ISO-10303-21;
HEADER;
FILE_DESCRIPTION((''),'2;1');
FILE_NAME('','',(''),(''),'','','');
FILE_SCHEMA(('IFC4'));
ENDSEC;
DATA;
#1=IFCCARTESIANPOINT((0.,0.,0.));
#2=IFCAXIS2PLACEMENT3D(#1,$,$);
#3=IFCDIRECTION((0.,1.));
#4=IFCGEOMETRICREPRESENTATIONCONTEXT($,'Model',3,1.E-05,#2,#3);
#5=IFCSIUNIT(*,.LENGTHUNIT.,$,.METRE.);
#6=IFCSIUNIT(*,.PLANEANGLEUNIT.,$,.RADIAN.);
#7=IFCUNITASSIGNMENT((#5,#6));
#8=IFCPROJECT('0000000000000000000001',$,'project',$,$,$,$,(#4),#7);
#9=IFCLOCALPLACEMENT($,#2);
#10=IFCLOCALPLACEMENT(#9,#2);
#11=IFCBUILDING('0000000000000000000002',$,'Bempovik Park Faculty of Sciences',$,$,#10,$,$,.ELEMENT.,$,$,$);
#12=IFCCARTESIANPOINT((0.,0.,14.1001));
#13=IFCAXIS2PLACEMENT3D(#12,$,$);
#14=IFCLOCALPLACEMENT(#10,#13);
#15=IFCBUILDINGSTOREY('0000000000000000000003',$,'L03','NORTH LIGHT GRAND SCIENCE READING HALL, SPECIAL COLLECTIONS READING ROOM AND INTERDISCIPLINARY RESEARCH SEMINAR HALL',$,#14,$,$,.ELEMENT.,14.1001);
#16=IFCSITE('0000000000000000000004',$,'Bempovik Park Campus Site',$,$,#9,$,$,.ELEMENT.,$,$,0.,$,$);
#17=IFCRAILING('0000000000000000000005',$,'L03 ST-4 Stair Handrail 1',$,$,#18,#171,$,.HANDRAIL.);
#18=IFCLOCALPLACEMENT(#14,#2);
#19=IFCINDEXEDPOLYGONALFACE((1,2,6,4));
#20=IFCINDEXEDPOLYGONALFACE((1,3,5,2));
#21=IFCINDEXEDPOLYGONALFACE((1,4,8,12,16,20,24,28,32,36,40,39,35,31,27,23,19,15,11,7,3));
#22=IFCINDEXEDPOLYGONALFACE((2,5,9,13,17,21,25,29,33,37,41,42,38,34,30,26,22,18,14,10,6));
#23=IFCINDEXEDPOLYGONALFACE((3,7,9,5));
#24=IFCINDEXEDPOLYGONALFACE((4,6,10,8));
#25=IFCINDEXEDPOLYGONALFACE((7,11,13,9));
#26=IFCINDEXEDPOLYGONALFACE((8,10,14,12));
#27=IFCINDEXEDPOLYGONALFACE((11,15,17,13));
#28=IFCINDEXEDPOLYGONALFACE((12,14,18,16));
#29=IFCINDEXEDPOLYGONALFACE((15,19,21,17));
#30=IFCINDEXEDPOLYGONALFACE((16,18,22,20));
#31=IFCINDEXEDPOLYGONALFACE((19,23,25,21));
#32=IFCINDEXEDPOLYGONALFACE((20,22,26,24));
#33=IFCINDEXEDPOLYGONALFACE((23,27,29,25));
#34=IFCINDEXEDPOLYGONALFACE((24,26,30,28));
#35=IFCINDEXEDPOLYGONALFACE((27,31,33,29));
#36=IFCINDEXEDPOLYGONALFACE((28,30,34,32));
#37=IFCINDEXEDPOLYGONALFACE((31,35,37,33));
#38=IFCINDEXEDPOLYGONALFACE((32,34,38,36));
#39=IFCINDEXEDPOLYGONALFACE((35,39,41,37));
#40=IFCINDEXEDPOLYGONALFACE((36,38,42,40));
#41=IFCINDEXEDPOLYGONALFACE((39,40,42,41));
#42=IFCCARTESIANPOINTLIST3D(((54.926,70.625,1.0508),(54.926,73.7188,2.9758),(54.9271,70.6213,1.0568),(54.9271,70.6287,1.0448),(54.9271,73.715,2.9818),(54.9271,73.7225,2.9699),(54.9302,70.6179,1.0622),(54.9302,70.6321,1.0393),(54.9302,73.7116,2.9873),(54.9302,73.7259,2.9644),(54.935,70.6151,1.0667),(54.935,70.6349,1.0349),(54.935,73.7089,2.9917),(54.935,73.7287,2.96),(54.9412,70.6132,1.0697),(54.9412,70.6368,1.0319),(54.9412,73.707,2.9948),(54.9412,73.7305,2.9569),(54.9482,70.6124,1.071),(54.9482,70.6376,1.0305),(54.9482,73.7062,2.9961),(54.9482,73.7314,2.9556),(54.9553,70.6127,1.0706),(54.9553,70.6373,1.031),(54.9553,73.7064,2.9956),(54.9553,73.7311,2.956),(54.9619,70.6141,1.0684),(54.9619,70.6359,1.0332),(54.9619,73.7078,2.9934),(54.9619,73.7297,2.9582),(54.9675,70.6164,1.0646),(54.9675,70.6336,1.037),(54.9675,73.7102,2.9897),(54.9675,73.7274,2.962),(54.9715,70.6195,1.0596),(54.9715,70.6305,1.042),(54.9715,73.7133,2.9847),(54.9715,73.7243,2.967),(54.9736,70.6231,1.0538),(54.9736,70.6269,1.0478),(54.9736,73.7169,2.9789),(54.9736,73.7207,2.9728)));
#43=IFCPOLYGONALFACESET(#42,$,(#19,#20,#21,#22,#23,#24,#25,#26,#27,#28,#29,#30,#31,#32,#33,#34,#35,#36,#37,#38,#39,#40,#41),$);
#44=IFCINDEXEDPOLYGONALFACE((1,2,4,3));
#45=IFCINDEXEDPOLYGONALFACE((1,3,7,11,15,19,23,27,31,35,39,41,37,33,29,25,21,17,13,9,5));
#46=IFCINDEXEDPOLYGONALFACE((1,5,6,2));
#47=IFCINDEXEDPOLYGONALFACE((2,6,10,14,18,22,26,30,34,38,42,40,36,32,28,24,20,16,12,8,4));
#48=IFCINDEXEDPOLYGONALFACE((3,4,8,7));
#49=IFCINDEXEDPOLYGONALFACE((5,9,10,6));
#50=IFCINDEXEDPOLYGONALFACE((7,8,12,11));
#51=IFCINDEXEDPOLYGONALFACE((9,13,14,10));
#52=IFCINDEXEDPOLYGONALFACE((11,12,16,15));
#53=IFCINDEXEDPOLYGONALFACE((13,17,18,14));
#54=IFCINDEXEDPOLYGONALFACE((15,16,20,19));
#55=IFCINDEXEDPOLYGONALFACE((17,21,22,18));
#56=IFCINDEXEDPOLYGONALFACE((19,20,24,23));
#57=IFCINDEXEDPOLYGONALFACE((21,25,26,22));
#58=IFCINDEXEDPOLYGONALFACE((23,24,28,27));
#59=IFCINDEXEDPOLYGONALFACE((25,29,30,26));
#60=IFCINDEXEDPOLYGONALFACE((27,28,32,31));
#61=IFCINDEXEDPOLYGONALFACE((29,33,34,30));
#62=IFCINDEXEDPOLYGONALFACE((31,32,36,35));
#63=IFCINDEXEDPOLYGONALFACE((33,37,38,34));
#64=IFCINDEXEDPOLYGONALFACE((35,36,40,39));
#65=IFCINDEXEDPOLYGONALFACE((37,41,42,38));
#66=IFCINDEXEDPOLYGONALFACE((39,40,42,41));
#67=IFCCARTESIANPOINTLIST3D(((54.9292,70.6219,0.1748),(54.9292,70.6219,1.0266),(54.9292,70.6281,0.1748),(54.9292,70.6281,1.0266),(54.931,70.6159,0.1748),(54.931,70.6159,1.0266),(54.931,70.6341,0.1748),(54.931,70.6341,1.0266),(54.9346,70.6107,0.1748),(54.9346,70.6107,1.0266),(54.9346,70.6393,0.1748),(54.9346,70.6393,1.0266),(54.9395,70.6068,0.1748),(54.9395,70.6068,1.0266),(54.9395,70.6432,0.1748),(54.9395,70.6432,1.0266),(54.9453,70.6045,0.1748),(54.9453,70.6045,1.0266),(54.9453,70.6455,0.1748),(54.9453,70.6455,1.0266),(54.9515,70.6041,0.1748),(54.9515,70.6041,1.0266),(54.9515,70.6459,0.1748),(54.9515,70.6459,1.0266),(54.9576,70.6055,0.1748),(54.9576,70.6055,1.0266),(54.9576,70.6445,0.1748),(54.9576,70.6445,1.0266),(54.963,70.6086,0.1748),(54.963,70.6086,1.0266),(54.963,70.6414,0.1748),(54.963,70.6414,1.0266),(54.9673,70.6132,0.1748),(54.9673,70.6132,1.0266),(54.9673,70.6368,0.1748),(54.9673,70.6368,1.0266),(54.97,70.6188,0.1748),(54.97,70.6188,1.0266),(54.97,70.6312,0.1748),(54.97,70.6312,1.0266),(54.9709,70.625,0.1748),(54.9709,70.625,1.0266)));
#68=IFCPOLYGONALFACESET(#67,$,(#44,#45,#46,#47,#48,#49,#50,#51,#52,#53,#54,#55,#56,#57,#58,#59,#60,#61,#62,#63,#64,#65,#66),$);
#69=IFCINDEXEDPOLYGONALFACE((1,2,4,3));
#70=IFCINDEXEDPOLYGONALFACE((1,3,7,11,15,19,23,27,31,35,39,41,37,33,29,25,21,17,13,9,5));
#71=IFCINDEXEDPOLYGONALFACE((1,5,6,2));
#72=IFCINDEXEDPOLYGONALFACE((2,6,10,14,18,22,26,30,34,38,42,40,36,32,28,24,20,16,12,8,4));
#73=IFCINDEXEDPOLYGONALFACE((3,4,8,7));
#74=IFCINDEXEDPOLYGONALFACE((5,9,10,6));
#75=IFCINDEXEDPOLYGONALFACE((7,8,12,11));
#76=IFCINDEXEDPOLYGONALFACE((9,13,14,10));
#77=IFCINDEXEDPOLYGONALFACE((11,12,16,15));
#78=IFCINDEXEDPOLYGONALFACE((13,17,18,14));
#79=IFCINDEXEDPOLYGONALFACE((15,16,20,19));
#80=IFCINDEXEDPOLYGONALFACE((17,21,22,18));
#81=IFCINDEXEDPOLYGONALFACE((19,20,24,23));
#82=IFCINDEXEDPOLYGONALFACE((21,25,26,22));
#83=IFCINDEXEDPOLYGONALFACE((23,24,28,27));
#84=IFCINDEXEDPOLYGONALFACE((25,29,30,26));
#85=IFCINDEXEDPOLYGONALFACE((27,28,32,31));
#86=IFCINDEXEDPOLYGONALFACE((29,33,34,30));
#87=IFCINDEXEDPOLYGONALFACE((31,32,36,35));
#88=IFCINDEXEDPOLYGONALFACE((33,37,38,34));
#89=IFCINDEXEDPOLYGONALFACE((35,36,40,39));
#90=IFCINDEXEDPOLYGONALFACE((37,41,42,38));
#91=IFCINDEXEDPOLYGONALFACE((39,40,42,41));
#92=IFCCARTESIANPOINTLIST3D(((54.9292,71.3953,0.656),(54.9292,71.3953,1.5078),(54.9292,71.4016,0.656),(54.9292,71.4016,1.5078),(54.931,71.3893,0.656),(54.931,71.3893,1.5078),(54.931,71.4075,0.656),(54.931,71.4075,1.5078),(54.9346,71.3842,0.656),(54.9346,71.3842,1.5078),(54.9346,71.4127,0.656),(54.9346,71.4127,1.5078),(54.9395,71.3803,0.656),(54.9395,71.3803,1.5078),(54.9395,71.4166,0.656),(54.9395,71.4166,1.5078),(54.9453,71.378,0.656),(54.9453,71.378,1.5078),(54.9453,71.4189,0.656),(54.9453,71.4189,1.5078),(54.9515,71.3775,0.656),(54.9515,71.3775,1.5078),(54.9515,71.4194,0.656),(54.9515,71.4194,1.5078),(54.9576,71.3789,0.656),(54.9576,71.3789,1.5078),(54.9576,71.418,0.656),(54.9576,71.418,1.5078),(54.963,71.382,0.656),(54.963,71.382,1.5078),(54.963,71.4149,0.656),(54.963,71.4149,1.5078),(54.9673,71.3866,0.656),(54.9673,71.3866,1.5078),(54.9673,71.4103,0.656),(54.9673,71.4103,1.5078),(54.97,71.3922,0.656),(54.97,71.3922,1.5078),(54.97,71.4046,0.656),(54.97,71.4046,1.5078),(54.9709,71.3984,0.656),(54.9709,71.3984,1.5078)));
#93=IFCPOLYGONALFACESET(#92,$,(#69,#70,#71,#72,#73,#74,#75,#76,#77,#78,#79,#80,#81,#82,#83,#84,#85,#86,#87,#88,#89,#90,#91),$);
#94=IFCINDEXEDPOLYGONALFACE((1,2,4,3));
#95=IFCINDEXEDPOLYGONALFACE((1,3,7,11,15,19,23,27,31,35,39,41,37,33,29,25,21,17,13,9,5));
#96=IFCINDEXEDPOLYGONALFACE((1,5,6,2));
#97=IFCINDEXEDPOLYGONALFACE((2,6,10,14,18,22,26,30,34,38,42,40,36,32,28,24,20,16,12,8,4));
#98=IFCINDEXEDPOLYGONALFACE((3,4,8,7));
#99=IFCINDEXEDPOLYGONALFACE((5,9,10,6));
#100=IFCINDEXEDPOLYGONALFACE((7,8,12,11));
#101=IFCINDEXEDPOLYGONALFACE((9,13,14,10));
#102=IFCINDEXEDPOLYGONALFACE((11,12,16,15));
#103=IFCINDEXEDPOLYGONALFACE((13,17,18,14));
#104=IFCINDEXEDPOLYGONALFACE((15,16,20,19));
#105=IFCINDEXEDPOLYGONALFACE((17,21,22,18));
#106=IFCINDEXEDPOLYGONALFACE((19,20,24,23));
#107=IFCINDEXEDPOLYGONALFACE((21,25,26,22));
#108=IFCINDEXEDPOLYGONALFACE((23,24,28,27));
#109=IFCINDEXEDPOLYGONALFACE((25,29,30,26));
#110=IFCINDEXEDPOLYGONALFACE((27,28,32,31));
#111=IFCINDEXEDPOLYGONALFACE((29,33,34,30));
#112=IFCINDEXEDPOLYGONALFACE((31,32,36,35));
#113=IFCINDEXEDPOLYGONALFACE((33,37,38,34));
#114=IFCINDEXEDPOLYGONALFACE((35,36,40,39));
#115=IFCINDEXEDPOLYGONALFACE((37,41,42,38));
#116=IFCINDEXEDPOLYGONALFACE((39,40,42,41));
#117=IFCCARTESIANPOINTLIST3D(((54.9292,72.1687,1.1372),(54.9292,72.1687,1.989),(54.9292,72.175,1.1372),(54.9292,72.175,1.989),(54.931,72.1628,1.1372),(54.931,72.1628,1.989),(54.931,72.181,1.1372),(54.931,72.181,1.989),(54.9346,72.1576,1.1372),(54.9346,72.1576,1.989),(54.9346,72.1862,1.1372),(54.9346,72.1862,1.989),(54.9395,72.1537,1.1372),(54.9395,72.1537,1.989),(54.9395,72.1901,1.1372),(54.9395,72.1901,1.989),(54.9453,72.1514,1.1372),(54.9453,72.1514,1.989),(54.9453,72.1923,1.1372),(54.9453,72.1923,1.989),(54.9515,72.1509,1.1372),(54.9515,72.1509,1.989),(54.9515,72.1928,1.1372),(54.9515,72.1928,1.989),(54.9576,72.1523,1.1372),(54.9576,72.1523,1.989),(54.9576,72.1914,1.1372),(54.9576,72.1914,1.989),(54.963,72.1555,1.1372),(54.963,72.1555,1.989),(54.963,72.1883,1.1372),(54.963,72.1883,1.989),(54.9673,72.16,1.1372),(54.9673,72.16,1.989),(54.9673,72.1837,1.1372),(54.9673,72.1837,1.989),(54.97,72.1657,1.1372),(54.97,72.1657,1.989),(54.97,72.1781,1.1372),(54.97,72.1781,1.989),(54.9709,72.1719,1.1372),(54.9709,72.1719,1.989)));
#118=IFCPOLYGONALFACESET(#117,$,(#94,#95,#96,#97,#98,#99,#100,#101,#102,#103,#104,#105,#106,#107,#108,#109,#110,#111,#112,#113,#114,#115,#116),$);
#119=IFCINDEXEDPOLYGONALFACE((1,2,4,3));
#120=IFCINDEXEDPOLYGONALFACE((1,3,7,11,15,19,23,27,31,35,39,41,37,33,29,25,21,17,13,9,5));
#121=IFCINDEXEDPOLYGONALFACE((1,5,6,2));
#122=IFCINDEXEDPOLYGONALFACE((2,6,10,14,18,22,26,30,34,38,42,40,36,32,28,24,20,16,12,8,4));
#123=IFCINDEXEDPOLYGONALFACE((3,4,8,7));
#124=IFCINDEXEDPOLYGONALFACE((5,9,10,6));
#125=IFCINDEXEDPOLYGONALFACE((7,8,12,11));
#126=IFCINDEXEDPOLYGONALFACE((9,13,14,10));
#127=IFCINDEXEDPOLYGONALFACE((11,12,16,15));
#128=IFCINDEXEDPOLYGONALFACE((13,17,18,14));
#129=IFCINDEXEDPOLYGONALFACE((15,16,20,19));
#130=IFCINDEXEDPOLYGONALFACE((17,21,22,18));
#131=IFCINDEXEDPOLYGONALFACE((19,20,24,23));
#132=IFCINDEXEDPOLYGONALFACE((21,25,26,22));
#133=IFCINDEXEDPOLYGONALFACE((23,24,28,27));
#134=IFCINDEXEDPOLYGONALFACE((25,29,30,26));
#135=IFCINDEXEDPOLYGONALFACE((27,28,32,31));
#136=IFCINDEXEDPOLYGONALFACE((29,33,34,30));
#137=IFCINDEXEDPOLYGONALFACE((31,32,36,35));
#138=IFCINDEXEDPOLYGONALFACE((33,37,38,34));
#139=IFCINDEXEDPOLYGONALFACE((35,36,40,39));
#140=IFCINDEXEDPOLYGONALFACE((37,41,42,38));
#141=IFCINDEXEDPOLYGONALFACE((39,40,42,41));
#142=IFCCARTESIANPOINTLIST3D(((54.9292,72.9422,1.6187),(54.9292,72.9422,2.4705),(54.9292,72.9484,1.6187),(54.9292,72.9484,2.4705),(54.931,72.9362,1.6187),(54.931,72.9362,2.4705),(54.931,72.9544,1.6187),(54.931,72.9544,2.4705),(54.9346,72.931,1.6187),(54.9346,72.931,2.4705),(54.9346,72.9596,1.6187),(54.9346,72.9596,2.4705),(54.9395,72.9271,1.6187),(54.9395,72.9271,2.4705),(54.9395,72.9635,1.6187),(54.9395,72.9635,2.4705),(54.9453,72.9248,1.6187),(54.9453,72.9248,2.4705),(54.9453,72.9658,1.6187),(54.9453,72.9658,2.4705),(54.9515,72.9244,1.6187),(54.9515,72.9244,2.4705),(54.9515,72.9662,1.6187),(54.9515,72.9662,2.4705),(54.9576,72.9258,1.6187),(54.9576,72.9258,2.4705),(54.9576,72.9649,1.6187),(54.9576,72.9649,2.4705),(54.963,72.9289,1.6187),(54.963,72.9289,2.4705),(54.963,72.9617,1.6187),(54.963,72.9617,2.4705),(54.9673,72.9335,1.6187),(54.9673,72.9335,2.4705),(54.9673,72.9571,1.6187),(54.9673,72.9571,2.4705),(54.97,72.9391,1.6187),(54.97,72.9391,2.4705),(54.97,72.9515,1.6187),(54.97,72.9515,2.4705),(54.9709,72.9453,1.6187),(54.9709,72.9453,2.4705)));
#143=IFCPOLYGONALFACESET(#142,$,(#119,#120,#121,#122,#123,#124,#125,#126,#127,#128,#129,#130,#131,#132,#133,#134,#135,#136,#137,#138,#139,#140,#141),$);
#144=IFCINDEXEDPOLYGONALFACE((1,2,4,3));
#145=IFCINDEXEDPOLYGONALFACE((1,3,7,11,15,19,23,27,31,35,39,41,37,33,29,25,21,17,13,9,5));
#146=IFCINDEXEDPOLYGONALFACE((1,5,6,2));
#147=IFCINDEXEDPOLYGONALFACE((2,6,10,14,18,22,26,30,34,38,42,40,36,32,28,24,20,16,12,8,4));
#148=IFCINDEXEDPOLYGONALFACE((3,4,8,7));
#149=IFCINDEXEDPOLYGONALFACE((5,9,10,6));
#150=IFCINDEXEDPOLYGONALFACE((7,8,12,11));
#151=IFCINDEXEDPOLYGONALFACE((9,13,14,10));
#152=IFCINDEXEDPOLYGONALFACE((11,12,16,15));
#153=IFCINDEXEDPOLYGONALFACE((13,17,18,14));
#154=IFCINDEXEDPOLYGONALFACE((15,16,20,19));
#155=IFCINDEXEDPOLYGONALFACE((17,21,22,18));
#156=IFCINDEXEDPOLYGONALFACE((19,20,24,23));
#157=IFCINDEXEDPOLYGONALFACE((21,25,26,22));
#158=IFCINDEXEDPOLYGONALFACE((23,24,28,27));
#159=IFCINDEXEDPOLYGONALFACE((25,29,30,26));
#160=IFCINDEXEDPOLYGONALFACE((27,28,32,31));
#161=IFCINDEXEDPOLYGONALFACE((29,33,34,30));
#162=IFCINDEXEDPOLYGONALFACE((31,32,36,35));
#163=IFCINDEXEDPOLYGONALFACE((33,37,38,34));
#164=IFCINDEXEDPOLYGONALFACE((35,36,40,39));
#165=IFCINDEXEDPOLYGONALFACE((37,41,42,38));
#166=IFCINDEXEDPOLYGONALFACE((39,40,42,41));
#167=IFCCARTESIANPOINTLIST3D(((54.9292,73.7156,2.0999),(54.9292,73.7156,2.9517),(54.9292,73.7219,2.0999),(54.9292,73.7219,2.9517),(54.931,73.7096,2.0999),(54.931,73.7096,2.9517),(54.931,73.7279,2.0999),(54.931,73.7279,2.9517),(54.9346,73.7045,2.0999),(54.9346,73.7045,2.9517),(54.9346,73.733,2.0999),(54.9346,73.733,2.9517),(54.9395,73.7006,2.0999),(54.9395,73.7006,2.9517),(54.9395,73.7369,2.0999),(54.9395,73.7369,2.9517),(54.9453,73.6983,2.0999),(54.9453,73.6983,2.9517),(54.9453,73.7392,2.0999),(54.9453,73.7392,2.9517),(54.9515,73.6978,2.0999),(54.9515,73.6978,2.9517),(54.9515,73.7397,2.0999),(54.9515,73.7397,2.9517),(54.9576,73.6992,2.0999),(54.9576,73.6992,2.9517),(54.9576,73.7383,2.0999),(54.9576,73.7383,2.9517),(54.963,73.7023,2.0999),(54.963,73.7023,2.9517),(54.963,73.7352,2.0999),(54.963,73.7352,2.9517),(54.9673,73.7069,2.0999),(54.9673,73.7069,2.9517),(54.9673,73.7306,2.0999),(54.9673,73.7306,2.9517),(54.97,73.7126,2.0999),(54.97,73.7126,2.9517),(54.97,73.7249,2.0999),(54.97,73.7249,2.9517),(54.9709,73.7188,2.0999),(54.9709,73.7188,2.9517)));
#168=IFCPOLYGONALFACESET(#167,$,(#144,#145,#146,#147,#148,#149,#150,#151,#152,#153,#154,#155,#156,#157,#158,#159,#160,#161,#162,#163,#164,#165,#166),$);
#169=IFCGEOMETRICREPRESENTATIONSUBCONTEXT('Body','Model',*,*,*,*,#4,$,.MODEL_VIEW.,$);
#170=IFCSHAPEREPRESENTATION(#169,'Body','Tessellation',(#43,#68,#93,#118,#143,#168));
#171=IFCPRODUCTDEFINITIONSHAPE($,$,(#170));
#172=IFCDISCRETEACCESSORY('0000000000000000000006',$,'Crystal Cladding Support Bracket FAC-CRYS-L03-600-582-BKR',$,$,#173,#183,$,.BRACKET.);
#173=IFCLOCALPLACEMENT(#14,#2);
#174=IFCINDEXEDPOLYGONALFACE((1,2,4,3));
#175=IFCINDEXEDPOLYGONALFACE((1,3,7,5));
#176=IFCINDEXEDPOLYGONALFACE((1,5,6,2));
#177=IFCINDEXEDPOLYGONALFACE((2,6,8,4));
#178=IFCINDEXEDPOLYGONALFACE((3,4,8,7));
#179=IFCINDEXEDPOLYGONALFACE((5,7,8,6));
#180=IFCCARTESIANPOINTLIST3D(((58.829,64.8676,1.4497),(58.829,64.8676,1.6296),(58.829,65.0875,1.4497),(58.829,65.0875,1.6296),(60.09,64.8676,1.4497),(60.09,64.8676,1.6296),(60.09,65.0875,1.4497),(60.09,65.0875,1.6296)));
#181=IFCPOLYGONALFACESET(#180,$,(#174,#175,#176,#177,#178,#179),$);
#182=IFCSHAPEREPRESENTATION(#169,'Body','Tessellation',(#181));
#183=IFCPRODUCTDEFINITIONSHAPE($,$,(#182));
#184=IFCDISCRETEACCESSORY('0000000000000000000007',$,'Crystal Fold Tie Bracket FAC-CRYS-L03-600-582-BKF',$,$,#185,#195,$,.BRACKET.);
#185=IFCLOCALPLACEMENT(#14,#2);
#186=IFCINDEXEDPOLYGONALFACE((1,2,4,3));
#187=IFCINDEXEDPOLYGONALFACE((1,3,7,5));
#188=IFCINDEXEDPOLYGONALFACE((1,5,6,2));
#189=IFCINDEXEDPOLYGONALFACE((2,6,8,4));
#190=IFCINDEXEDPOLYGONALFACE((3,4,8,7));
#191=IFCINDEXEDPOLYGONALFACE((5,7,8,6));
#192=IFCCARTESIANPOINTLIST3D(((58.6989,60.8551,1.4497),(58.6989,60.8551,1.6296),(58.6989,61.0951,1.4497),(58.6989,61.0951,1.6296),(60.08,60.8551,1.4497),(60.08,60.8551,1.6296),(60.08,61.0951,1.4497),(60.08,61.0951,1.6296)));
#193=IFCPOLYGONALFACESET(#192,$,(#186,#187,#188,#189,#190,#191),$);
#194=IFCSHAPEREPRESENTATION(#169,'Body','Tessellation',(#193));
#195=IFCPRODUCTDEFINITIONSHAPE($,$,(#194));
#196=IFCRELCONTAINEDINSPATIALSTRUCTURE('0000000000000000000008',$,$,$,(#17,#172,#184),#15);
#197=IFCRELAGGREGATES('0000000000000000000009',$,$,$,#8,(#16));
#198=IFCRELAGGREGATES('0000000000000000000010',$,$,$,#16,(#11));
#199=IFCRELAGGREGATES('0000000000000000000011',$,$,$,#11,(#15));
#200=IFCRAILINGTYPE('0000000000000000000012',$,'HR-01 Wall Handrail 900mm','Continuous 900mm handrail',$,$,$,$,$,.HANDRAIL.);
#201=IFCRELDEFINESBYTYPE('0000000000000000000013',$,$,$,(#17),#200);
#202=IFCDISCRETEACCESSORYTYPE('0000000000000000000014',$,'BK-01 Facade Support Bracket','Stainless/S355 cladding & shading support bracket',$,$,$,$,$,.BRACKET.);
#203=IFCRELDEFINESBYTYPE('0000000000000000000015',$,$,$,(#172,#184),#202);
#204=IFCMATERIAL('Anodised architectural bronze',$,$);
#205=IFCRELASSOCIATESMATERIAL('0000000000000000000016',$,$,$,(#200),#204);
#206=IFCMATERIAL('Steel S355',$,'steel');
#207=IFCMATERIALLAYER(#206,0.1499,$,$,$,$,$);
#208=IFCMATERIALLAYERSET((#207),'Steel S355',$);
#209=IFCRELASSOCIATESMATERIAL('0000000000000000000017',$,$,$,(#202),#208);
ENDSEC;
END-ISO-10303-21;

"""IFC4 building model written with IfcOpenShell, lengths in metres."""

from ifc_helpers import new_model, si_unit, direction, frame, origin, origin_2d, place, context, subcontext, project, spatial, rectangle, circle, extrude, material, layer, layer_set, type_object, element, save


model = new_model("IFC4")

# Units and contexts
model_context = context("Model", 3, precision=1e-05, world=origin(), true_north=direction((0.0, 1.0)))
body_context = subcontext(model_context, "Body", "Model", "MODEL_VIEW")
ifc_project = project(units=[si_unit("LENGTHUNIT", "METRE"), si_unit("PLANEANGLEUNIT", "RADIAN")], contexts=[model_context])

# Site, building, storey
site_placement = place(None, origin())
site = spatial("IfcSite", under=ifc_project, at=site_placement, Name="Bempovik Park Campus Site", CompositionType="ELEMENT", RefElevation=0.0)
building_placement = place(site_placement, origin())
building = spatial("IfcBuilding", under=site, at=building_placement, Name="Bempovik Park Faculty of Sciences", CompositionType="ELEMENT")
storey_placement = place(building_placement, frame((0.0, 0.0, 14.1001)))
storey = spatial("IfcBuildingStorey", under=building, at=storey_placement, Name="L03", Description="NORTH LIGHT GRAND SCIENCE READING HALL, SPECIAL COLLECTIONS READING ROOM AND INTERDISCIPLINARY RESEARCH SEMINAR HALL", CompositionType="ELEMENT", Elevation=14.1001)

# Shared definitions
ifc_material_1 = material(Name="Anodised architectural bronze")
ifc_material_2 = material(Name="Steel S355", Category="steel")

# Railing
railing_type = type_object("IfcRailingType", Name="HR-01 Wall Handrail 900mm", Description="Continuous 900mm handrail", PredefinedType="HANDRAIL", material=ifc_material_1)
railing_placement = place(storey_placement, frame((54.95, 70.625, 0.1748)))
element("IfcRailing", 1, at=railing_placement, inside=storey, type_object=railing_type, Name="L03 ST-4 Stair Handrail 1", PredefinedType="HANDRAIL", context=body_context, shape_type="SweptSolid", body=[
    extrude(circle(Radius=0.0239, at=origin_2d()), frame((0.0, 0.0, 0.876), z_axis=(0.0, 0.849051, 0.528312), x_axis=(-1.0, 0.0, 0.0)), (0.0, 0.0, 1.0), 3.6438),
    extrude(circle(Radius=0.021, at=origin_2d()), origin(), (0.0, 0.0, 1.0), 0.8518),
    extrude(circle(Radius=0.021, at=origin_2d()), frame((0.0, 0.7734, 0.4812)), (0.0, 0.0, 1.0), 0.8518),
    extrude(circle(Radius=0.021, at=origin_2d()), frame((0.0, 1.5469, 0.9624)), (0.0, 0.0, 1.0), 0.8518),
    extrude(circle(Radius=0.021, at=origin_2d()), frame((0.0, 2.3203, 1.4438)), (0.0, 0.0, 1.0), 0.8518),
    extrude(circle(Radius=0.021, at=origin_2d()), frame((0.0, 3.0938, 1.925)), (0.0, 0.0, 1.0), 0.8518),
])

# Discrete accessories
ifc_layer_1 = layer(ifc_material_2, 0.1499)
ifc_layer_set_1 = layer_set([ifc_layer_1], Name="Steel S355")
discrete_accessory_type = type_object("IfcDiscreteAccessoryType", Name="BK-01 Facade Support Bracket", Description="Stainless/S355 cladding & shading support bracket", PredefinedType="BRACKET", material=ifc_layer_set_1)
discrete_accessory_1_placement = place(storey_placement, frame((59.4595, 64.9775, 1.4497), z_axis=(0.0, 0.0, 1.0), x_axis=(1.0, 0.0, 0.0)))
element("IfcDiscreteAccessory", 2, at=discrete_accessory_1_placement, inside=storey, type_object=discrete_accessory_type, Name="Crystal Cladding Support Bracket FAC-CRYS-L03-600-582-BKR", PredefinedType="BRACKET", context=body_context, shape_type="SweptSolid", body=[
    extrude(rectangle(XDim=1.261, YDim=0.22, at=origin_2d()), origin(), (0.0, 0.0, 1.0), 0.1799),
])
discrete_accessory_2_placement = place(storey_placement, frame((59.3894, 60.9751, 1.4497), z_axis=(0.0, 0.0, 1.0), x_axis=(1.0, 0.0, 0.0)))
element("IfcDiscreteAccessory", 3, at=discrete_accessory_2_placement, inside=storey, type_object=discrete_accessory_type, Name="Crystal Fold Tie Bracket FAC-CRYS-L03-600-582-BKF", PredefinedType="BRACKET", context=body_context, shape_type="SweptSolid", body=[
    extrude(rectangle(XDim=1.3811, YDim=0.24, at=origin_2d()), origin(), (0.0, 0.0, 1.0), 0.1799),
])

save(model, "model.ifc")
